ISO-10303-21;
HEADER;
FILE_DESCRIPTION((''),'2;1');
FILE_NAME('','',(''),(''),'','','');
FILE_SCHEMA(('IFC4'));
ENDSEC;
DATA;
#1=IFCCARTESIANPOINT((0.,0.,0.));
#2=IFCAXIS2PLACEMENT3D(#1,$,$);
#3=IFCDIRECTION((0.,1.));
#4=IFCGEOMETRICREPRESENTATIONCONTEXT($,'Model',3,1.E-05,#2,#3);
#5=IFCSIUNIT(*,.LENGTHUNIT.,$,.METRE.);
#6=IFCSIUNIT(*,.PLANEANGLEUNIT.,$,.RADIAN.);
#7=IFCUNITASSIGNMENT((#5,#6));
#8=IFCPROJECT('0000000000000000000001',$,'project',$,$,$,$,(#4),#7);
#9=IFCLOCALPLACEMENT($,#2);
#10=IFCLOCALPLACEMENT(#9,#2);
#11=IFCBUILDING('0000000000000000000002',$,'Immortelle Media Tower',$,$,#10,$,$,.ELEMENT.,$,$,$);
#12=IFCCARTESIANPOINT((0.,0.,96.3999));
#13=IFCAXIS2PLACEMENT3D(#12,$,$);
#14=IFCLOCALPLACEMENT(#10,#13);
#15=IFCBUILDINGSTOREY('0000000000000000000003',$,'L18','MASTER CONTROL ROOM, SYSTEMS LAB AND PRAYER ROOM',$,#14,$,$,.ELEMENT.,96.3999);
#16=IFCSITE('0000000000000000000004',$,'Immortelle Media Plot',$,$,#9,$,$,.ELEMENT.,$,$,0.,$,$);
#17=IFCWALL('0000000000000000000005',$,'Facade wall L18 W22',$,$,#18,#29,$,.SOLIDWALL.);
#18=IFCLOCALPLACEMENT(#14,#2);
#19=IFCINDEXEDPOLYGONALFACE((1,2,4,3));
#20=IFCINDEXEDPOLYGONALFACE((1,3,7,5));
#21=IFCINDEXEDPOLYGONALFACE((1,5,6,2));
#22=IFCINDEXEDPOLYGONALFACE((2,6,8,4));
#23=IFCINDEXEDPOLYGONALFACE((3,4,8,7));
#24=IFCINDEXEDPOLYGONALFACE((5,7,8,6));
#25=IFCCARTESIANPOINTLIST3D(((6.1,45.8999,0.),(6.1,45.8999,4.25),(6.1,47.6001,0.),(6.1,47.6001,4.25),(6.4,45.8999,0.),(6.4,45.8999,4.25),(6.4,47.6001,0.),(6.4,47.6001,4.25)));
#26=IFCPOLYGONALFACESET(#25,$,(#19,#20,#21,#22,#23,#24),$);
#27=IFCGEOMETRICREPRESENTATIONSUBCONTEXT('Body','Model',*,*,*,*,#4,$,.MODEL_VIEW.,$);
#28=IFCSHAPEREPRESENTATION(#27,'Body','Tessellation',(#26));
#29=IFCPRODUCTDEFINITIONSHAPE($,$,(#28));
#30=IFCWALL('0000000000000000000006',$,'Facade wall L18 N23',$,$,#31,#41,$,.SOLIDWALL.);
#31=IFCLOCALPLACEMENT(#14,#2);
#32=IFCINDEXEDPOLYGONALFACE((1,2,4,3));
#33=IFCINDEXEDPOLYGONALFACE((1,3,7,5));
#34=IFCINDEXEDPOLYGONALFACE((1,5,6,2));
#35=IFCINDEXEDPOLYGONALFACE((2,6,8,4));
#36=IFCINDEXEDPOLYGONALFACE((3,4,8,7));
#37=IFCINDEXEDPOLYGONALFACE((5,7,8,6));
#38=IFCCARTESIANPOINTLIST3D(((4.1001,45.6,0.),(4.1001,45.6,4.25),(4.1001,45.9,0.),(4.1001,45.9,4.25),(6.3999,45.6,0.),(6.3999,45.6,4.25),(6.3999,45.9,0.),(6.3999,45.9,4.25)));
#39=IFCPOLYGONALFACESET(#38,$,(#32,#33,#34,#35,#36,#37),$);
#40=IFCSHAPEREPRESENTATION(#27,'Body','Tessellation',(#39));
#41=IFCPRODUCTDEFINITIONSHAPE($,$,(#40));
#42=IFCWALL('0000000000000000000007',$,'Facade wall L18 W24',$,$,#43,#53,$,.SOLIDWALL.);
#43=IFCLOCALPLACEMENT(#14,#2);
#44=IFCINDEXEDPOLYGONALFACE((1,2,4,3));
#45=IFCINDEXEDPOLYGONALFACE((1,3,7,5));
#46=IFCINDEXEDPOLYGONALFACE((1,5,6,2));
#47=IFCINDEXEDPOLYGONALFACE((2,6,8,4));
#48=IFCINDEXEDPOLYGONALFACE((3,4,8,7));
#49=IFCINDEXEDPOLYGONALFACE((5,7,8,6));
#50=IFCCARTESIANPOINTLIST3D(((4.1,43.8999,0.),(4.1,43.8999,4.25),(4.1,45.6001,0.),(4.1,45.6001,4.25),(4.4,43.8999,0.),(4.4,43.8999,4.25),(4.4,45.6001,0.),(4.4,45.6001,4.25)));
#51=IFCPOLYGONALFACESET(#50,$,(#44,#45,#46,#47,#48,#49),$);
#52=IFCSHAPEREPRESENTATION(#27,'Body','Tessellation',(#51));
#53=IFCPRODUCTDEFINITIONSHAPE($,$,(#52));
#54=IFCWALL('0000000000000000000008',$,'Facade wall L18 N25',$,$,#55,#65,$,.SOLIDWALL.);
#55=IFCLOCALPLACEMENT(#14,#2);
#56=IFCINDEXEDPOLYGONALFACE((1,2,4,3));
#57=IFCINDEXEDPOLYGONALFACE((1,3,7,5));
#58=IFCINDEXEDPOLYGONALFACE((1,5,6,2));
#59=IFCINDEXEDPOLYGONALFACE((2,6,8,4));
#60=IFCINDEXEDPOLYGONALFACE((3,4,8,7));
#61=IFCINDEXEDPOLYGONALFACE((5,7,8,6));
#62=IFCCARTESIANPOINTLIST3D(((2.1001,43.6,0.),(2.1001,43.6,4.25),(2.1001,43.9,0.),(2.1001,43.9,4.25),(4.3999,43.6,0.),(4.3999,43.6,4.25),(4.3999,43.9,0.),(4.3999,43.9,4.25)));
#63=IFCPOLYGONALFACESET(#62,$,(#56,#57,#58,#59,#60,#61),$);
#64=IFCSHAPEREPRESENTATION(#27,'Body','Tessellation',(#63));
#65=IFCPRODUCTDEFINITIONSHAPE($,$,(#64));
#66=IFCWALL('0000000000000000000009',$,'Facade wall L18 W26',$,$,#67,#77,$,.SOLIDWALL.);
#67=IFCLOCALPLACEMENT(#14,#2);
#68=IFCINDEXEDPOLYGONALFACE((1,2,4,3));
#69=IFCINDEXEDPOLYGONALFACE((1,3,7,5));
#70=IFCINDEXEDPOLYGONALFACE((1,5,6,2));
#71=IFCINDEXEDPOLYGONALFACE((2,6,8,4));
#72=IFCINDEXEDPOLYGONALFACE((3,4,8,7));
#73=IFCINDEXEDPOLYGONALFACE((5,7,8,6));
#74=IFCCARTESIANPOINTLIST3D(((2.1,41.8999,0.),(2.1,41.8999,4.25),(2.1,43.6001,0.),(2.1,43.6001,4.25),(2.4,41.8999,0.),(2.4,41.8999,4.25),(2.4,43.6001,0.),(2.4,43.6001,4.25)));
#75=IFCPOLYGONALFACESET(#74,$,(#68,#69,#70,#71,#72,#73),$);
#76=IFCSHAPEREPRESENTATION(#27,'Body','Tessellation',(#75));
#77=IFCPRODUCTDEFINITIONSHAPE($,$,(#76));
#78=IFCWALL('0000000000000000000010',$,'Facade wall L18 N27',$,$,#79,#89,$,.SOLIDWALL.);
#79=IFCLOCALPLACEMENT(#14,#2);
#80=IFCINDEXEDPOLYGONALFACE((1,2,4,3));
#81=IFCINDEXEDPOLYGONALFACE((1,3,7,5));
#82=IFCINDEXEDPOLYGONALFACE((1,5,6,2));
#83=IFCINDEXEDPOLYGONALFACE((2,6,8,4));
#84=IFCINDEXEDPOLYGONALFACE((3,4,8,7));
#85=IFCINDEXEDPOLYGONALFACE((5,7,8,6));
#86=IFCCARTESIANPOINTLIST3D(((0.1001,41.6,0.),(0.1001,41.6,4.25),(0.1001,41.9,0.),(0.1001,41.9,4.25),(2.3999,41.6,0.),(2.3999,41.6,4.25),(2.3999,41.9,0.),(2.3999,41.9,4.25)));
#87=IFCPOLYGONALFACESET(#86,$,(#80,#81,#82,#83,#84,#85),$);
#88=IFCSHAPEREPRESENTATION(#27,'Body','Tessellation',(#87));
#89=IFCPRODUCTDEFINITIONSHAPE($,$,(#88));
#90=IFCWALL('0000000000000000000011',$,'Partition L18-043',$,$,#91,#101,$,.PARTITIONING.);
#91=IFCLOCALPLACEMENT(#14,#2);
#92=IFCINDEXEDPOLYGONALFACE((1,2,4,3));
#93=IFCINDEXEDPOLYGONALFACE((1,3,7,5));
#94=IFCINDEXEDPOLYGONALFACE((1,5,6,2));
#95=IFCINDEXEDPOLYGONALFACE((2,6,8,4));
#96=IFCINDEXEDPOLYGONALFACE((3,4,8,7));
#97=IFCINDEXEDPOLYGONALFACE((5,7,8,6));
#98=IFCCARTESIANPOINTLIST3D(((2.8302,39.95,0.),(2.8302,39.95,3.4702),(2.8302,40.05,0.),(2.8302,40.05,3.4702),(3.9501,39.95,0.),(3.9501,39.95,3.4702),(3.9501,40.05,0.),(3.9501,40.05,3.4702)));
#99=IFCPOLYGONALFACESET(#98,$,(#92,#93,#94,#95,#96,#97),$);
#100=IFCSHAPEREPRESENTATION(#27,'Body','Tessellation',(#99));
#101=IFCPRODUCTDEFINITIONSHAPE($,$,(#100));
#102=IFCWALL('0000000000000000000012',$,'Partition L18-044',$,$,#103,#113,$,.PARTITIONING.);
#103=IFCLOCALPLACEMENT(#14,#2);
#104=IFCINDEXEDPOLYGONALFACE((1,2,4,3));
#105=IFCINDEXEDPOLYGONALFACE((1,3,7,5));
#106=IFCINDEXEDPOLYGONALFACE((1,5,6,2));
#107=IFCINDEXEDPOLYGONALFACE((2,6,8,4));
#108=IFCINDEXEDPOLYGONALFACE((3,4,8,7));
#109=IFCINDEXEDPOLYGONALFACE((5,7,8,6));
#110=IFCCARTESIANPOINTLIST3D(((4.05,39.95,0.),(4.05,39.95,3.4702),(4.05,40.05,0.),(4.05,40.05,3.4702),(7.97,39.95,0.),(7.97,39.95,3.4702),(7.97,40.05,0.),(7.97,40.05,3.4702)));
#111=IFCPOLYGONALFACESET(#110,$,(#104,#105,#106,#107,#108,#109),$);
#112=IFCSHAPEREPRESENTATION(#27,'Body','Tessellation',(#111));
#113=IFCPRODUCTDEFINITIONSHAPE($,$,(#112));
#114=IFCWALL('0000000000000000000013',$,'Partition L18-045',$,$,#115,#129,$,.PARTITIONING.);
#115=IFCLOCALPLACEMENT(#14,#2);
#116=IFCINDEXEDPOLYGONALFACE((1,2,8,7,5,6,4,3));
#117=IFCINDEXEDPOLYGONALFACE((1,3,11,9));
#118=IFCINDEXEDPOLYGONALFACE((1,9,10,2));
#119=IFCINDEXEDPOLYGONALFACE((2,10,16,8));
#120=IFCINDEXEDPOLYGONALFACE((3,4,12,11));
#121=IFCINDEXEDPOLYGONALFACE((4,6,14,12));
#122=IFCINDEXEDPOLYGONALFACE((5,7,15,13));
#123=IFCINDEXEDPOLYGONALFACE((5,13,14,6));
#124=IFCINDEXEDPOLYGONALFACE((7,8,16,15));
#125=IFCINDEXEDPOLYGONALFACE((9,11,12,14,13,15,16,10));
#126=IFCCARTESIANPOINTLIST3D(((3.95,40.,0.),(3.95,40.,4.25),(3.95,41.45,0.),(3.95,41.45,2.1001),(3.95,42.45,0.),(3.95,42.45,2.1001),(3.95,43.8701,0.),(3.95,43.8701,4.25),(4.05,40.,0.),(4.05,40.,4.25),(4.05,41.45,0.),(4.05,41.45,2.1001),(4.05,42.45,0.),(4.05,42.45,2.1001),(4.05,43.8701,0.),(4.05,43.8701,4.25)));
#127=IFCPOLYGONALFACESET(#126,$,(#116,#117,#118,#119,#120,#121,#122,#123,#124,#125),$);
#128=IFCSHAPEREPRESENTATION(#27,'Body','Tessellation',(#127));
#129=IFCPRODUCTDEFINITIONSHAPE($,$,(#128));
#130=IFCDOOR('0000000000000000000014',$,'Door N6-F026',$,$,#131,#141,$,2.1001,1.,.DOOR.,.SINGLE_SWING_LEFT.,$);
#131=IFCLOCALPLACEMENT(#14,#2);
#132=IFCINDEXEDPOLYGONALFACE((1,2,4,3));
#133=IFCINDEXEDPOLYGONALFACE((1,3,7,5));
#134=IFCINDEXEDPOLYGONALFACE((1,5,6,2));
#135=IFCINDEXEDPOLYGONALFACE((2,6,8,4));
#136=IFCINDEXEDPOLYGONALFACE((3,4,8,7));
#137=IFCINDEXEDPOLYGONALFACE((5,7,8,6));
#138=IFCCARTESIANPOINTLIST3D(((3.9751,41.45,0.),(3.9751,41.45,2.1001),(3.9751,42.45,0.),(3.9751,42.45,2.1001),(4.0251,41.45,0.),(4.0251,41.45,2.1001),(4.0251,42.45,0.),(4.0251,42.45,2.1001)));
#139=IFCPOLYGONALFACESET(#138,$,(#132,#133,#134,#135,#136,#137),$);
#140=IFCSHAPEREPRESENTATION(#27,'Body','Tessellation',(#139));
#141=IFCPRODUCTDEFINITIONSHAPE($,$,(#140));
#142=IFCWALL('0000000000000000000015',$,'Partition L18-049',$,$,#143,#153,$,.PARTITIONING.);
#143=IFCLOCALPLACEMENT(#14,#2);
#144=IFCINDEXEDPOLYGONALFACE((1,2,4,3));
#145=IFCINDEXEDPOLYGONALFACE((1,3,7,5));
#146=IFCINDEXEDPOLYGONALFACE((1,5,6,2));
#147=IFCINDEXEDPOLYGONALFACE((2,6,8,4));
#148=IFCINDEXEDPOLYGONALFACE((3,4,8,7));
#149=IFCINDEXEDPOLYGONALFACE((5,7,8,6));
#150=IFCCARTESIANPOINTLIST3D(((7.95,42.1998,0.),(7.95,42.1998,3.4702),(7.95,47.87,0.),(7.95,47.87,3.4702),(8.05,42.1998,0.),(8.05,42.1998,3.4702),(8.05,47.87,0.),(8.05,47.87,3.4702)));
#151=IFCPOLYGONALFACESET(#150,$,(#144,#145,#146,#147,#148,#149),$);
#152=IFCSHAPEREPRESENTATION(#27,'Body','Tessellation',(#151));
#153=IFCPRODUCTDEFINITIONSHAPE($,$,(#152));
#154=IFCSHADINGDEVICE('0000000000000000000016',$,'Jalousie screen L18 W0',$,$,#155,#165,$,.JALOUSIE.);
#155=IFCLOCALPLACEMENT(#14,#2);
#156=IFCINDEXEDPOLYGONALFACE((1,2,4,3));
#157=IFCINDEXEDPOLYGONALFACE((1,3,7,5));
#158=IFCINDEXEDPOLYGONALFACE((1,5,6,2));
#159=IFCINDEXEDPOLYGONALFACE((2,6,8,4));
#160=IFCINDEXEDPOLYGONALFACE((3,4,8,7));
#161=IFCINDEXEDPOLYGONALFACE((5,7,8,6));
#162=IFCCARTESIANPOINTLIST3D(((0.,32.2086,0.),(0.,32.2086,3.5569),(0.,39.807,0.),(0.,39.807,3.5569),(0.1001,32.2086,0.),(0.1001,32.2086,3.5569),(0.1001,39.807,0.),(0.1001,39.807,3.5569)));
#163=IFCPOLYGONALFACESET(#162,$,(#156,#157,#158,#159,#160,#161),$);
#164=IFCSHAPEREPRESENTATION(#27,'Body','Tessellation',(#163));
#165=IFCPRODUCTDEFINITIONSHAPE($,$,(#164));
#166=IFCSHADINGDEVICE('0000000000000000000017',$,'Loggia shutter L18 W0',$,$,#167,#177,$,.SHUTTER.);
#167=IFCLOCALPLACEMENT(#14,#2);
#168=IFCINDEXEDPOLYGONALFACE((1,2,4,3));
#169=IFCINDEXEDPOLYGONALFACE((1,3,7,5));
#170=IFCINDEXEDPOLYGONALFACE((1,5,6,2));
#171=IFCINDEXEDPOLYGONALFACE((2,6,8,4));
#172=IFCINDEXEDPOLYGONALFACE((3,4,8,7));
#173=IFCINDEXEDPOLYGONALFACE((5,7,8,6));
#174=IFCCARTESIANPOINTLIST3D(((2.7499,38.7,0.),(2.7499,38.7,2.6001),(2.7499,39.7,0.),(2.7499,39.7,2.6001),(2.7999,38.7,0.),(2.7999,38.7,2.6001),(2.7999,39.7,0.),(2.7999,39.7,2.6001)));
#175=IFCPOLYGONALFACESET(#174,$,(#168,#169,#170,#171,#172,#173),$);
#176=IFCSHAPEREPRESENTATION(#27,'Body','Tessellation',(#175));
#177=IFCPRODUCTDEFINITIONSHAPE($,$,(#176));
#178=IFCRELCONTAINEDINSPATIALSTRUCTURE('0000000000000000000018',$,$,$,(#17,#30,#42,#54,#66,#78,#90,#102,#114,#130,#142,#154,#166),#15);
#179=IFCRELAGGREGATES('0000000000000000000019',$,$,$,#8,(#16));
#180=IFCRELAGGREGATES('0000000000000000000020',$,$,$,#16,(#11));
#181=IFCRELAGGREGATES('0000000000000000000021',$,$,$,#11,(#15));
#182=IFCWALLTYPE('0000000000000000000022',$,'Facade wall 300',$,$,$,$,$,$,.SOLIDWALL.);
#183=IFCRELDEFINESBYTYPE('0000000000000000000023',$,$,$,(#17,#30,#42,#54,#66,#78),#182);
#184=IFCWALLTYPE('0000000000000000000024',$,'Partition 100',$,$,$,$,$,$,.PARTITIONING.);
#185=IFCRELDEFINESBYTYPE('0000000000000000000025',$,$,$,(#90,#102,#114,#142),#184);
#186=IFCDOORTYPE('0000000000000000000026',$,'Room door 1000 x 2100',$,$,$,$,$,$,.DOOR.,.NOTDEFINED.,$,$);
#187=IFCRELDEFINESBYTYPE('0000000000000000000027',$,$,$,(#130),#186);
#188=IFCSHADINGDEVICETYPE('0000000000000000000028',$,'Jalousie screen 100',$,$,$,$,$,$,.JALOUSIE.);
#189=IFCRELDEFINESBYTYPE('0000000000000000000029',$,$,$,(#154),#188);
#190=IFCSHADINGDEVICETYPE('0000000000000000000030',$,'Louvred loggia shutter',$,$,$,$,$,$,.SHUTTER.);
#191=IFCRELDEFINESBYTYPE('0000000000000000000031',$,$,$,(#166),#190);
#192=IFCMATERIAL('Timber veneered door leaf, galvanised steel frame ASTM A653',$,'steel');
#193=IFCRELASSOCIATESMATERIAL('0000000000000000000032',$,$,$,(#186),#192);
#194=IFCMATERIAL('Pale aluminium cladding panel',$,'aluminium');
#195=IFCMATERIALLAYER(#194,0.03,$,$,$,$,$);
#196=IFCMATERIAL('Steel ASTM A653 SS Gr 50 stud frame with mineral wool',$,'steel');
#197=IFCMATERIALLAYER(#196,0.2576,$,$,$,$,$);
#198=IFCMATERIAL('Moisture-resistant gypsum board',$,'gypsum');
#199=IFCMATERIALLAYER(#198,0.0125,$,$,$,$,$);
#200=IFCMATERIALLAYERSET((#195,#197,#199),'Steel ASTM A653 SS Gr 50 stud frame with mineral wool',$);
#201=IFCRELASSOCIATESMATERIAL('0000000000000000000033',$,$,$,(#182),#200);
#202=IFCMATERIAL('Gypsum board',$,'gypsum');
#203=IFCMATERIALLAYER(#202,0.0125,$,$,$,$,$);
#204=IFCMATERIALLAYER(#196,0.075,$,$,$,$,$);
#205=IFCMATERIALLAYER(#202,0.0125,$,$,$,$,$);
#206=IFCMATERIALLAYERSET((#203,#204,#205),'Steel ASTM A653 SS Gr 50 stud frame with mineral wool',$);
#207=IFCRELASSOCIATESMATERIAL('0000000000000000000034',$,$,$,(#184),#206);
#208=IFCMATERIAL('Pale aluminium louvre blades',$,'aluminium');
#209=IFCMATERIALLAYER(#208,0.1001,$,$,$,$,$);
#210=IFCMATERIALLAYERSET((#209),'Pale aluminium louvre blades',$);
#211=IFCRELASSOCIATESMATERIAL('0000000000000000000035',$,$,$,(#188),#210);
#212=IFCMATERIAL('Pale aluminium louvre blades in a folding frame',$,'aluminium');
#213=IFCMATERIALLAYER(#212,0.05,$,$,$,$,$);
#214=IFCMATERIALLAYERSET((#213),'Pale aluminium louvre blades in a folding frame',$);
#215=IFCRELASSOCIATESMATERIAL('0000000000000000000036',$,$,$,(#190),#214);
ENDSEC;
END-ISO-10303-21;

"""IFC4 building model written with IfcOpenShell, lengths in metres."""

from ifc_helpers import new_model, si_unit, direction, frame, frame_2d, origin, origin_2d, place, context, subcontext, project, spatial, rectangle, extrude, material, layer, layer_set, type_object, element, fill, save


model = new_model("IFC4")

# Units and contexts
model_context = context("Model", 3, precision=1e-05, world=origin(), true_north=direction((0.0, 1.0)))
body_context = subcontext(model_context, "Body", "Model", "MODEL_VIEW")
ifc_project = project(units=[si_unit("LENGTHUNIT", "METRE"), si_unit("PLANEANGLEUNIT", "RADIAN")], contexts=[model_context])

# Site, building, storey
site_placement = place(None, origin())
site = spatial("IfcSite", under=ifc_project, at=site_placement, Name="Immortelle Media Plot", CompositionType="ELEMENT", RefElevation=0.0)
building_placement = place(site_placement, origin())
building = spatial("IfcBuilding", under=site, at=building_placement, Name="Immortelle Media Tower", CompositionType="ELEMENT")
storey_placement = place(building_placement, frame((0.0, 0.0, 96.3999)))
storey = spatial("IfcBuildingStorey", under=building, at=storey_placement, Name="L18", Description="MASTER CONTROL ROOM, SYSTEMS LAB AND PRAYER ROOM", CompositionType="ELEMENT", Elevation=96.3999)

# Shared definitions
ifc_material_1 = material(Name="Steel ASTM A653 SS Gr 50 stud frame with mineral wool", Category="steel")
ifc_material_2 = material(Name="Timber veneered door leaf, galvanised steel frame ASTM A653", Category="steel")
door_type_1 = type_object("IfcDoorType", Name="Room door 1000 x 2100", OperationType="NOTDEFINED", PredefinedType="DOOR", material=ifc_material_2)

# Shared definitions
ifc_material_3 = material(Name="Pale aluminium cladding panel", Category="aluminium")
ifc_layer_1 = layer(ifc_material_3, 0.03)
ifc_layer_2 = layer(ifc_material_1, 0.2576)
ifc_material_4 = material(Name="Moisture-resistant gypsum board", Category="gypsum")
ifc_layer_3 = layer(ifc_material_4, 0.0125)
ifc_layer_set_1 = layer_set([ifc_layer_1, ifc_layer_2, ifc_layer_3], Name="Steel ASTM A653 SS Gr 50 stud frame with mineral wool")
wall_type_1 = type_object("IfcWallType", Name="Facade wall 300", PredefinedType="SOLIDWALL", material=ifc_layer_set_1)

# Walls
wall_1_placement = place(storey_placement, frame((6.25, 47.6001, 0.0), z_axis=(0.0, 0.0, 1.0), x_axis=(0.0, -1.0, 0.0)))
element("IfcWall", 1, at=wall_1_placement, inside=storey, type_object=wall_type_1, Name="Facade wall L18 W22", PredefinedType="SOLIDWALL", context=body_context, shape_type="SweptSolid", body=[
    extrude(rectangle(XDim=1.7002, YDim=0.3, at=frame_2d((0.8501, 0.0))), origin(), (0.0, 0.0, 1.0), 4.25),
])
wall_2_placement = place(storey_placement, frame((6.3999, 45.75, 0.0), z_axis=(0.0, 0.0, 1.0), x_axis=(-1.0, 0.0, 0.0)))
element("IfcWall", 2, at=wall_2_placement, inside=storey, type_object=wall_type_1, Name="Facade wall L18 N23", PredefinedType="SOLIDWALL", context=body_context, shape_type="SweptSolid", body=[
    extrude(rectangle(XDim=2.2998, YDim=0.3, at=frame_2d((1.1499, 0.0))), origin(), (0.0, 0.0, 1.0), 4.25),
])
wall_3_placement = place(storey_placement, frame((4.25, 45.6001, 0.0), z_axis=(0.0, 0.0, 1.0), x_axis=(0.0, -1.0, 0.0)))
element("IfcWall", 3, at=wall_3_placement, inside=storey, type_object=wall_type_1, Name="Facade wall L18 W24", PredefinedType="SOLIDWALL", context=body_context, shape_type="SweptSolid", body=[
    extrude(rectangle(XDim=1.7002, YDim=0.3, at=frame_2d((0.8501, 0.0))), origin(), (0.0, 0.0, 1.0), 4.25),
])
wall_4_placement = place(storey_placement, frame((4.3999, 43.75, 0.0), z_axis=(0.0, 0.0, 1.0), x_axis=(-1.0, 0.0, 0.0)))
element("IfcWall", 4, at=wall_4_placement, inside=storey, type_object=wall_type_1, Name="Facade wall L18 N25", PredefinedType="SOLIDWALL", context=body_context, shape_type="SweptSolid", body=[
    extrude(rectangle(XDim=2.2998, YDim=0.3, at=frame_2d((1.1499, 0.0))), origin(), (0.0, 0.0, 1.0), 4.25),
])
wall_5_placement = place(storey_placement, frame((2.25, 43.6001, 0.0), z_axis=(0.0, 0.0, 1.0), x_axis=(0.0, -1.0, 0.0)))
element("IfcWall", 5, at=wall_5_placement, inside=storey, type_object=wall_type_1, Name="Facade wall L18 W26", PredefinedType="SOLIDWALL", context=body_context, shape_type="SweptSolid", body=[
    extrude(rectangle(XDim=1.7002, YDim=0.3, at=frame_2d((0.8501, 0.0))), origin(), (0.0, 0.0, 1.0), 4.25),
])
wall_6_placement = place(storey_placement, frame((2.3999, 41.75, 0.0), z_axis=(0.0, 0.0, 1.0), x_axis=(-1.0, 0.0, 0.0)))
element("IfcWall", 6, at=wall_6_placement, inside=storey, type_object=wall_type_1, Name="Facade wall L18 N27", PredefinedType="SOLIDWALL", context=body_context, shape_type="SweptSolid", body=[
    extrude(rectangle(XDim=2.2998, YDim=0.3, at=frame_2d((1.1499, 0.0))), origin(), (0.0, 0.0, 1.0), 4.25),
])
ifc_material_5 = material(Name="Gypsum board", Category="gypsum")
ifc_layer_4 = layer(ifc_material_5, 0.0125)
ifc_layer_5 = layer(ifc_material_1, 0.075)
ifc_layer_6 = layer(ifc_material_5, 0.0125)
ifc_layer_set_2 = layer_set([ifc_layer_4, ifc_layer_5, ifc_layer_6], Name="Steel ASTM A653 SS Gr 50 stud frame with mineral wool")
wall_type_2 = type_object("IfcWallType", Name="Partition 100", PredefinedType="PARTITIONING", material=ifc_layer_set_2)
wall_7_placement = place(storey_placement, frame((2.8301, 40.0, 0.0), z_axis=(0.0, 0.0, 1.0), x_axis=(1.0, 0.0, 0.0)))
element("IfcWall", 7, at=wall_7_placement, inside=storey, type_object=wall_type_2, Name="Partition L18-043", PredefinedType="PARTITIONING", context=body_context, shape_type="SweptSolid", body=[
    extrude(rectangle(XDim=1.1199, YDim=0.1001, at=frame_2d((0.5601, 0.0))), origin(), (0.0, 0.0, 1.0), 3.4702),
])
wall_8_placement = place(storey_placement, frame((4.05, 40.0, 0.0), z_axis=(0.0, 0.0, 1.0), x_axis=(1.0, 0.0, 0.0)))
element("IfcWall", 8, at=wall_8_placement, inside=storey, type_object=wall_type_2, Name="Partition L18-044", PredefinedType="PARTITIONING", context=body_context, shape_type="SweptSolid", body=[
    extrude(rectangle(XDim=3.9199, YDim=0.1001, at=frame_2d((1.96, 0.0))), origin(), (0.0, 0.0, 1.0), 3.4702),
])

# Wall, opening, door
wall_9_placement = place(storey_placement, frame((4.0, 40.0, 0.0), z_axis=(0.0, 0.0, 1.0), x_axis=(0.0, 1.0, 0.0)))
wall_9 = element("IfcWall", 9, at=wall_9_placement, inside=storey, type_object=wall_type_2, Name="Partition L18-045", PredefinedType="PARTITIONING", context=body_context, shape_type="SweptSolid", body=[
    extrude(rectangle(XDim=3.8701, YDim=0.1001, at=frame_2d((1.9351, 0.0))), origin(), (0.0, 0.0, 1.0), 4.25),
])
opening_1_placement = place(wall_9_placement, frame((1.45, 0.0, 0.0)))
opening_1 = element("IfcOpeningElement", 10, at=opening_1_placement, cuts=wall_9, PredefinedType="OPENING", context=body_context, shape_type="SweptSolid", body=[
    extrude(rectangle(XDim=1.0, YDim=2.1001, at=frame_2d((0.5, 1.05))), frame((0.0, 0.0601, 0.0), z_axis=(0.0, -1.0, 0.0), x_axis=(1.0, 0.0, 0.0)), (0.0, 0.0, 1.0), 0.1201),
])
door_1_placement = place(opening_1_placement, origin())
door_1 = element("IfcDoor", 11, at=door_1_placement, inside=storey, type_object=door_type_1, Name="Door N6-F026", OperationType="SINGLE_SWING_LEFT", OverallHeight=2.1001, OverallWidth=1.0, PredefinedType="DOOR", context=body_context, shape_type="SweptSolid", body=[
    extrude(rectangle(XDim=1.0, YDim=2.1001, at=frame_2d((0.5, 1.05))), frame((0.0, 0.0249, 0.0), z_axis=(0.0, -1.0, 0.0), x_axis=(1.0, 0.0, 0.0)), (0.0, 0.0, 1.0), 0.05),
])
fill(opening_1, door_1)

# Wall
wall_10_placement = place(storey_placement, frame((8.0, 42.2, 0.0), z_axis=(0.0, 0.0, 1.0), x_axis=(0.0, 1.0, 0.0)))
element("IfcWall", 12, at=wall_10_placement, inside=storey, type_object=wall_type_2, Name="Partition L18-049", PredefinedType="PARTITIONING", context=body_context, shape_type="SweptSolid", body=[
    extrude(rectangle(XDim=5.6702, YDim=0.1001, at=frame_2d((2.835, 0.0))), origin(), (0.0, 0.0, 1.0), 3.4702),
])

# Shading devices
ifc_material_6 = material(Name="Pale aluminium louvre blades", Category="aluminium")
ifc_layer_7 = layer(ifc_material_6, 0.1001)
ifc_layer_set_3 = layer_set([ifc_layer_7], Name="Pale aluminium louvre blades")
shading_device_type_1 = type_object("IfcShadingDeviceType", Name="Jalousie screen 100", PredefinedType="JALOUSIE", material=ifc_layer_set_3)
shading_device_1_placement = place(storey_placement, frame((0.05, 36.0078, 0.0), z_axis=(0.0, 0.0, 1.0), x_axis=(0.0, -1.0, 0.0)))
element("IfcShadingDevice", 13, at=shading_device_1_placement, inside=storey, type_object=shading_device_type_1, Name="Jalousie screen L18 W0", PredefinedType="JALOUSIE", context=body_context, shape_type="SweptSolid", body=[
    extrude(rectangle(XDim=7.5984, YDim=0.1001, at=origin_2d()), origin(), (0.0, 0.0, 1.0), 3.5569),
])
ifc_material_7 = material(Name="Pale aluminium louvre blades in a folding frame", Category="aluminium")
ifc_layer_8 = layer(ifc_material_7, 0.05)
ifc_layer_set_4 = layer_set([ifc_layer_8], Name="Pale aluminium louvre blades in a folding frame")
shading_device_type_2 = type_object("IfcShadingDeviceType", Name="Louvred loggia shutter", PredefinedType="SHUTTER", material=ifc_layer_set_4)
shading_device_2_placement = place(storey_placement, frame((2.7749, 39.2, 0.0), z_axis=(0.0, 0.0, 1.0), x_axis=(0.0, -1.0, 0.0)))
element("IfcShadingDevice", 14, at=shading_device_2_placement, inside=storey, type_object=shading_device_type_2, Name="Loggia shutter L18 W0", PredefinedType="SHUTTER", context=body_context, shape_type="SweptSolid", body=[
    extrude(rectangle(XDim=1.0, YDim=0.05, at=origin_2d()), origin(), (0.0, 0.0, 1.0), 2.6001),
])

save(model, "model.ifc")
